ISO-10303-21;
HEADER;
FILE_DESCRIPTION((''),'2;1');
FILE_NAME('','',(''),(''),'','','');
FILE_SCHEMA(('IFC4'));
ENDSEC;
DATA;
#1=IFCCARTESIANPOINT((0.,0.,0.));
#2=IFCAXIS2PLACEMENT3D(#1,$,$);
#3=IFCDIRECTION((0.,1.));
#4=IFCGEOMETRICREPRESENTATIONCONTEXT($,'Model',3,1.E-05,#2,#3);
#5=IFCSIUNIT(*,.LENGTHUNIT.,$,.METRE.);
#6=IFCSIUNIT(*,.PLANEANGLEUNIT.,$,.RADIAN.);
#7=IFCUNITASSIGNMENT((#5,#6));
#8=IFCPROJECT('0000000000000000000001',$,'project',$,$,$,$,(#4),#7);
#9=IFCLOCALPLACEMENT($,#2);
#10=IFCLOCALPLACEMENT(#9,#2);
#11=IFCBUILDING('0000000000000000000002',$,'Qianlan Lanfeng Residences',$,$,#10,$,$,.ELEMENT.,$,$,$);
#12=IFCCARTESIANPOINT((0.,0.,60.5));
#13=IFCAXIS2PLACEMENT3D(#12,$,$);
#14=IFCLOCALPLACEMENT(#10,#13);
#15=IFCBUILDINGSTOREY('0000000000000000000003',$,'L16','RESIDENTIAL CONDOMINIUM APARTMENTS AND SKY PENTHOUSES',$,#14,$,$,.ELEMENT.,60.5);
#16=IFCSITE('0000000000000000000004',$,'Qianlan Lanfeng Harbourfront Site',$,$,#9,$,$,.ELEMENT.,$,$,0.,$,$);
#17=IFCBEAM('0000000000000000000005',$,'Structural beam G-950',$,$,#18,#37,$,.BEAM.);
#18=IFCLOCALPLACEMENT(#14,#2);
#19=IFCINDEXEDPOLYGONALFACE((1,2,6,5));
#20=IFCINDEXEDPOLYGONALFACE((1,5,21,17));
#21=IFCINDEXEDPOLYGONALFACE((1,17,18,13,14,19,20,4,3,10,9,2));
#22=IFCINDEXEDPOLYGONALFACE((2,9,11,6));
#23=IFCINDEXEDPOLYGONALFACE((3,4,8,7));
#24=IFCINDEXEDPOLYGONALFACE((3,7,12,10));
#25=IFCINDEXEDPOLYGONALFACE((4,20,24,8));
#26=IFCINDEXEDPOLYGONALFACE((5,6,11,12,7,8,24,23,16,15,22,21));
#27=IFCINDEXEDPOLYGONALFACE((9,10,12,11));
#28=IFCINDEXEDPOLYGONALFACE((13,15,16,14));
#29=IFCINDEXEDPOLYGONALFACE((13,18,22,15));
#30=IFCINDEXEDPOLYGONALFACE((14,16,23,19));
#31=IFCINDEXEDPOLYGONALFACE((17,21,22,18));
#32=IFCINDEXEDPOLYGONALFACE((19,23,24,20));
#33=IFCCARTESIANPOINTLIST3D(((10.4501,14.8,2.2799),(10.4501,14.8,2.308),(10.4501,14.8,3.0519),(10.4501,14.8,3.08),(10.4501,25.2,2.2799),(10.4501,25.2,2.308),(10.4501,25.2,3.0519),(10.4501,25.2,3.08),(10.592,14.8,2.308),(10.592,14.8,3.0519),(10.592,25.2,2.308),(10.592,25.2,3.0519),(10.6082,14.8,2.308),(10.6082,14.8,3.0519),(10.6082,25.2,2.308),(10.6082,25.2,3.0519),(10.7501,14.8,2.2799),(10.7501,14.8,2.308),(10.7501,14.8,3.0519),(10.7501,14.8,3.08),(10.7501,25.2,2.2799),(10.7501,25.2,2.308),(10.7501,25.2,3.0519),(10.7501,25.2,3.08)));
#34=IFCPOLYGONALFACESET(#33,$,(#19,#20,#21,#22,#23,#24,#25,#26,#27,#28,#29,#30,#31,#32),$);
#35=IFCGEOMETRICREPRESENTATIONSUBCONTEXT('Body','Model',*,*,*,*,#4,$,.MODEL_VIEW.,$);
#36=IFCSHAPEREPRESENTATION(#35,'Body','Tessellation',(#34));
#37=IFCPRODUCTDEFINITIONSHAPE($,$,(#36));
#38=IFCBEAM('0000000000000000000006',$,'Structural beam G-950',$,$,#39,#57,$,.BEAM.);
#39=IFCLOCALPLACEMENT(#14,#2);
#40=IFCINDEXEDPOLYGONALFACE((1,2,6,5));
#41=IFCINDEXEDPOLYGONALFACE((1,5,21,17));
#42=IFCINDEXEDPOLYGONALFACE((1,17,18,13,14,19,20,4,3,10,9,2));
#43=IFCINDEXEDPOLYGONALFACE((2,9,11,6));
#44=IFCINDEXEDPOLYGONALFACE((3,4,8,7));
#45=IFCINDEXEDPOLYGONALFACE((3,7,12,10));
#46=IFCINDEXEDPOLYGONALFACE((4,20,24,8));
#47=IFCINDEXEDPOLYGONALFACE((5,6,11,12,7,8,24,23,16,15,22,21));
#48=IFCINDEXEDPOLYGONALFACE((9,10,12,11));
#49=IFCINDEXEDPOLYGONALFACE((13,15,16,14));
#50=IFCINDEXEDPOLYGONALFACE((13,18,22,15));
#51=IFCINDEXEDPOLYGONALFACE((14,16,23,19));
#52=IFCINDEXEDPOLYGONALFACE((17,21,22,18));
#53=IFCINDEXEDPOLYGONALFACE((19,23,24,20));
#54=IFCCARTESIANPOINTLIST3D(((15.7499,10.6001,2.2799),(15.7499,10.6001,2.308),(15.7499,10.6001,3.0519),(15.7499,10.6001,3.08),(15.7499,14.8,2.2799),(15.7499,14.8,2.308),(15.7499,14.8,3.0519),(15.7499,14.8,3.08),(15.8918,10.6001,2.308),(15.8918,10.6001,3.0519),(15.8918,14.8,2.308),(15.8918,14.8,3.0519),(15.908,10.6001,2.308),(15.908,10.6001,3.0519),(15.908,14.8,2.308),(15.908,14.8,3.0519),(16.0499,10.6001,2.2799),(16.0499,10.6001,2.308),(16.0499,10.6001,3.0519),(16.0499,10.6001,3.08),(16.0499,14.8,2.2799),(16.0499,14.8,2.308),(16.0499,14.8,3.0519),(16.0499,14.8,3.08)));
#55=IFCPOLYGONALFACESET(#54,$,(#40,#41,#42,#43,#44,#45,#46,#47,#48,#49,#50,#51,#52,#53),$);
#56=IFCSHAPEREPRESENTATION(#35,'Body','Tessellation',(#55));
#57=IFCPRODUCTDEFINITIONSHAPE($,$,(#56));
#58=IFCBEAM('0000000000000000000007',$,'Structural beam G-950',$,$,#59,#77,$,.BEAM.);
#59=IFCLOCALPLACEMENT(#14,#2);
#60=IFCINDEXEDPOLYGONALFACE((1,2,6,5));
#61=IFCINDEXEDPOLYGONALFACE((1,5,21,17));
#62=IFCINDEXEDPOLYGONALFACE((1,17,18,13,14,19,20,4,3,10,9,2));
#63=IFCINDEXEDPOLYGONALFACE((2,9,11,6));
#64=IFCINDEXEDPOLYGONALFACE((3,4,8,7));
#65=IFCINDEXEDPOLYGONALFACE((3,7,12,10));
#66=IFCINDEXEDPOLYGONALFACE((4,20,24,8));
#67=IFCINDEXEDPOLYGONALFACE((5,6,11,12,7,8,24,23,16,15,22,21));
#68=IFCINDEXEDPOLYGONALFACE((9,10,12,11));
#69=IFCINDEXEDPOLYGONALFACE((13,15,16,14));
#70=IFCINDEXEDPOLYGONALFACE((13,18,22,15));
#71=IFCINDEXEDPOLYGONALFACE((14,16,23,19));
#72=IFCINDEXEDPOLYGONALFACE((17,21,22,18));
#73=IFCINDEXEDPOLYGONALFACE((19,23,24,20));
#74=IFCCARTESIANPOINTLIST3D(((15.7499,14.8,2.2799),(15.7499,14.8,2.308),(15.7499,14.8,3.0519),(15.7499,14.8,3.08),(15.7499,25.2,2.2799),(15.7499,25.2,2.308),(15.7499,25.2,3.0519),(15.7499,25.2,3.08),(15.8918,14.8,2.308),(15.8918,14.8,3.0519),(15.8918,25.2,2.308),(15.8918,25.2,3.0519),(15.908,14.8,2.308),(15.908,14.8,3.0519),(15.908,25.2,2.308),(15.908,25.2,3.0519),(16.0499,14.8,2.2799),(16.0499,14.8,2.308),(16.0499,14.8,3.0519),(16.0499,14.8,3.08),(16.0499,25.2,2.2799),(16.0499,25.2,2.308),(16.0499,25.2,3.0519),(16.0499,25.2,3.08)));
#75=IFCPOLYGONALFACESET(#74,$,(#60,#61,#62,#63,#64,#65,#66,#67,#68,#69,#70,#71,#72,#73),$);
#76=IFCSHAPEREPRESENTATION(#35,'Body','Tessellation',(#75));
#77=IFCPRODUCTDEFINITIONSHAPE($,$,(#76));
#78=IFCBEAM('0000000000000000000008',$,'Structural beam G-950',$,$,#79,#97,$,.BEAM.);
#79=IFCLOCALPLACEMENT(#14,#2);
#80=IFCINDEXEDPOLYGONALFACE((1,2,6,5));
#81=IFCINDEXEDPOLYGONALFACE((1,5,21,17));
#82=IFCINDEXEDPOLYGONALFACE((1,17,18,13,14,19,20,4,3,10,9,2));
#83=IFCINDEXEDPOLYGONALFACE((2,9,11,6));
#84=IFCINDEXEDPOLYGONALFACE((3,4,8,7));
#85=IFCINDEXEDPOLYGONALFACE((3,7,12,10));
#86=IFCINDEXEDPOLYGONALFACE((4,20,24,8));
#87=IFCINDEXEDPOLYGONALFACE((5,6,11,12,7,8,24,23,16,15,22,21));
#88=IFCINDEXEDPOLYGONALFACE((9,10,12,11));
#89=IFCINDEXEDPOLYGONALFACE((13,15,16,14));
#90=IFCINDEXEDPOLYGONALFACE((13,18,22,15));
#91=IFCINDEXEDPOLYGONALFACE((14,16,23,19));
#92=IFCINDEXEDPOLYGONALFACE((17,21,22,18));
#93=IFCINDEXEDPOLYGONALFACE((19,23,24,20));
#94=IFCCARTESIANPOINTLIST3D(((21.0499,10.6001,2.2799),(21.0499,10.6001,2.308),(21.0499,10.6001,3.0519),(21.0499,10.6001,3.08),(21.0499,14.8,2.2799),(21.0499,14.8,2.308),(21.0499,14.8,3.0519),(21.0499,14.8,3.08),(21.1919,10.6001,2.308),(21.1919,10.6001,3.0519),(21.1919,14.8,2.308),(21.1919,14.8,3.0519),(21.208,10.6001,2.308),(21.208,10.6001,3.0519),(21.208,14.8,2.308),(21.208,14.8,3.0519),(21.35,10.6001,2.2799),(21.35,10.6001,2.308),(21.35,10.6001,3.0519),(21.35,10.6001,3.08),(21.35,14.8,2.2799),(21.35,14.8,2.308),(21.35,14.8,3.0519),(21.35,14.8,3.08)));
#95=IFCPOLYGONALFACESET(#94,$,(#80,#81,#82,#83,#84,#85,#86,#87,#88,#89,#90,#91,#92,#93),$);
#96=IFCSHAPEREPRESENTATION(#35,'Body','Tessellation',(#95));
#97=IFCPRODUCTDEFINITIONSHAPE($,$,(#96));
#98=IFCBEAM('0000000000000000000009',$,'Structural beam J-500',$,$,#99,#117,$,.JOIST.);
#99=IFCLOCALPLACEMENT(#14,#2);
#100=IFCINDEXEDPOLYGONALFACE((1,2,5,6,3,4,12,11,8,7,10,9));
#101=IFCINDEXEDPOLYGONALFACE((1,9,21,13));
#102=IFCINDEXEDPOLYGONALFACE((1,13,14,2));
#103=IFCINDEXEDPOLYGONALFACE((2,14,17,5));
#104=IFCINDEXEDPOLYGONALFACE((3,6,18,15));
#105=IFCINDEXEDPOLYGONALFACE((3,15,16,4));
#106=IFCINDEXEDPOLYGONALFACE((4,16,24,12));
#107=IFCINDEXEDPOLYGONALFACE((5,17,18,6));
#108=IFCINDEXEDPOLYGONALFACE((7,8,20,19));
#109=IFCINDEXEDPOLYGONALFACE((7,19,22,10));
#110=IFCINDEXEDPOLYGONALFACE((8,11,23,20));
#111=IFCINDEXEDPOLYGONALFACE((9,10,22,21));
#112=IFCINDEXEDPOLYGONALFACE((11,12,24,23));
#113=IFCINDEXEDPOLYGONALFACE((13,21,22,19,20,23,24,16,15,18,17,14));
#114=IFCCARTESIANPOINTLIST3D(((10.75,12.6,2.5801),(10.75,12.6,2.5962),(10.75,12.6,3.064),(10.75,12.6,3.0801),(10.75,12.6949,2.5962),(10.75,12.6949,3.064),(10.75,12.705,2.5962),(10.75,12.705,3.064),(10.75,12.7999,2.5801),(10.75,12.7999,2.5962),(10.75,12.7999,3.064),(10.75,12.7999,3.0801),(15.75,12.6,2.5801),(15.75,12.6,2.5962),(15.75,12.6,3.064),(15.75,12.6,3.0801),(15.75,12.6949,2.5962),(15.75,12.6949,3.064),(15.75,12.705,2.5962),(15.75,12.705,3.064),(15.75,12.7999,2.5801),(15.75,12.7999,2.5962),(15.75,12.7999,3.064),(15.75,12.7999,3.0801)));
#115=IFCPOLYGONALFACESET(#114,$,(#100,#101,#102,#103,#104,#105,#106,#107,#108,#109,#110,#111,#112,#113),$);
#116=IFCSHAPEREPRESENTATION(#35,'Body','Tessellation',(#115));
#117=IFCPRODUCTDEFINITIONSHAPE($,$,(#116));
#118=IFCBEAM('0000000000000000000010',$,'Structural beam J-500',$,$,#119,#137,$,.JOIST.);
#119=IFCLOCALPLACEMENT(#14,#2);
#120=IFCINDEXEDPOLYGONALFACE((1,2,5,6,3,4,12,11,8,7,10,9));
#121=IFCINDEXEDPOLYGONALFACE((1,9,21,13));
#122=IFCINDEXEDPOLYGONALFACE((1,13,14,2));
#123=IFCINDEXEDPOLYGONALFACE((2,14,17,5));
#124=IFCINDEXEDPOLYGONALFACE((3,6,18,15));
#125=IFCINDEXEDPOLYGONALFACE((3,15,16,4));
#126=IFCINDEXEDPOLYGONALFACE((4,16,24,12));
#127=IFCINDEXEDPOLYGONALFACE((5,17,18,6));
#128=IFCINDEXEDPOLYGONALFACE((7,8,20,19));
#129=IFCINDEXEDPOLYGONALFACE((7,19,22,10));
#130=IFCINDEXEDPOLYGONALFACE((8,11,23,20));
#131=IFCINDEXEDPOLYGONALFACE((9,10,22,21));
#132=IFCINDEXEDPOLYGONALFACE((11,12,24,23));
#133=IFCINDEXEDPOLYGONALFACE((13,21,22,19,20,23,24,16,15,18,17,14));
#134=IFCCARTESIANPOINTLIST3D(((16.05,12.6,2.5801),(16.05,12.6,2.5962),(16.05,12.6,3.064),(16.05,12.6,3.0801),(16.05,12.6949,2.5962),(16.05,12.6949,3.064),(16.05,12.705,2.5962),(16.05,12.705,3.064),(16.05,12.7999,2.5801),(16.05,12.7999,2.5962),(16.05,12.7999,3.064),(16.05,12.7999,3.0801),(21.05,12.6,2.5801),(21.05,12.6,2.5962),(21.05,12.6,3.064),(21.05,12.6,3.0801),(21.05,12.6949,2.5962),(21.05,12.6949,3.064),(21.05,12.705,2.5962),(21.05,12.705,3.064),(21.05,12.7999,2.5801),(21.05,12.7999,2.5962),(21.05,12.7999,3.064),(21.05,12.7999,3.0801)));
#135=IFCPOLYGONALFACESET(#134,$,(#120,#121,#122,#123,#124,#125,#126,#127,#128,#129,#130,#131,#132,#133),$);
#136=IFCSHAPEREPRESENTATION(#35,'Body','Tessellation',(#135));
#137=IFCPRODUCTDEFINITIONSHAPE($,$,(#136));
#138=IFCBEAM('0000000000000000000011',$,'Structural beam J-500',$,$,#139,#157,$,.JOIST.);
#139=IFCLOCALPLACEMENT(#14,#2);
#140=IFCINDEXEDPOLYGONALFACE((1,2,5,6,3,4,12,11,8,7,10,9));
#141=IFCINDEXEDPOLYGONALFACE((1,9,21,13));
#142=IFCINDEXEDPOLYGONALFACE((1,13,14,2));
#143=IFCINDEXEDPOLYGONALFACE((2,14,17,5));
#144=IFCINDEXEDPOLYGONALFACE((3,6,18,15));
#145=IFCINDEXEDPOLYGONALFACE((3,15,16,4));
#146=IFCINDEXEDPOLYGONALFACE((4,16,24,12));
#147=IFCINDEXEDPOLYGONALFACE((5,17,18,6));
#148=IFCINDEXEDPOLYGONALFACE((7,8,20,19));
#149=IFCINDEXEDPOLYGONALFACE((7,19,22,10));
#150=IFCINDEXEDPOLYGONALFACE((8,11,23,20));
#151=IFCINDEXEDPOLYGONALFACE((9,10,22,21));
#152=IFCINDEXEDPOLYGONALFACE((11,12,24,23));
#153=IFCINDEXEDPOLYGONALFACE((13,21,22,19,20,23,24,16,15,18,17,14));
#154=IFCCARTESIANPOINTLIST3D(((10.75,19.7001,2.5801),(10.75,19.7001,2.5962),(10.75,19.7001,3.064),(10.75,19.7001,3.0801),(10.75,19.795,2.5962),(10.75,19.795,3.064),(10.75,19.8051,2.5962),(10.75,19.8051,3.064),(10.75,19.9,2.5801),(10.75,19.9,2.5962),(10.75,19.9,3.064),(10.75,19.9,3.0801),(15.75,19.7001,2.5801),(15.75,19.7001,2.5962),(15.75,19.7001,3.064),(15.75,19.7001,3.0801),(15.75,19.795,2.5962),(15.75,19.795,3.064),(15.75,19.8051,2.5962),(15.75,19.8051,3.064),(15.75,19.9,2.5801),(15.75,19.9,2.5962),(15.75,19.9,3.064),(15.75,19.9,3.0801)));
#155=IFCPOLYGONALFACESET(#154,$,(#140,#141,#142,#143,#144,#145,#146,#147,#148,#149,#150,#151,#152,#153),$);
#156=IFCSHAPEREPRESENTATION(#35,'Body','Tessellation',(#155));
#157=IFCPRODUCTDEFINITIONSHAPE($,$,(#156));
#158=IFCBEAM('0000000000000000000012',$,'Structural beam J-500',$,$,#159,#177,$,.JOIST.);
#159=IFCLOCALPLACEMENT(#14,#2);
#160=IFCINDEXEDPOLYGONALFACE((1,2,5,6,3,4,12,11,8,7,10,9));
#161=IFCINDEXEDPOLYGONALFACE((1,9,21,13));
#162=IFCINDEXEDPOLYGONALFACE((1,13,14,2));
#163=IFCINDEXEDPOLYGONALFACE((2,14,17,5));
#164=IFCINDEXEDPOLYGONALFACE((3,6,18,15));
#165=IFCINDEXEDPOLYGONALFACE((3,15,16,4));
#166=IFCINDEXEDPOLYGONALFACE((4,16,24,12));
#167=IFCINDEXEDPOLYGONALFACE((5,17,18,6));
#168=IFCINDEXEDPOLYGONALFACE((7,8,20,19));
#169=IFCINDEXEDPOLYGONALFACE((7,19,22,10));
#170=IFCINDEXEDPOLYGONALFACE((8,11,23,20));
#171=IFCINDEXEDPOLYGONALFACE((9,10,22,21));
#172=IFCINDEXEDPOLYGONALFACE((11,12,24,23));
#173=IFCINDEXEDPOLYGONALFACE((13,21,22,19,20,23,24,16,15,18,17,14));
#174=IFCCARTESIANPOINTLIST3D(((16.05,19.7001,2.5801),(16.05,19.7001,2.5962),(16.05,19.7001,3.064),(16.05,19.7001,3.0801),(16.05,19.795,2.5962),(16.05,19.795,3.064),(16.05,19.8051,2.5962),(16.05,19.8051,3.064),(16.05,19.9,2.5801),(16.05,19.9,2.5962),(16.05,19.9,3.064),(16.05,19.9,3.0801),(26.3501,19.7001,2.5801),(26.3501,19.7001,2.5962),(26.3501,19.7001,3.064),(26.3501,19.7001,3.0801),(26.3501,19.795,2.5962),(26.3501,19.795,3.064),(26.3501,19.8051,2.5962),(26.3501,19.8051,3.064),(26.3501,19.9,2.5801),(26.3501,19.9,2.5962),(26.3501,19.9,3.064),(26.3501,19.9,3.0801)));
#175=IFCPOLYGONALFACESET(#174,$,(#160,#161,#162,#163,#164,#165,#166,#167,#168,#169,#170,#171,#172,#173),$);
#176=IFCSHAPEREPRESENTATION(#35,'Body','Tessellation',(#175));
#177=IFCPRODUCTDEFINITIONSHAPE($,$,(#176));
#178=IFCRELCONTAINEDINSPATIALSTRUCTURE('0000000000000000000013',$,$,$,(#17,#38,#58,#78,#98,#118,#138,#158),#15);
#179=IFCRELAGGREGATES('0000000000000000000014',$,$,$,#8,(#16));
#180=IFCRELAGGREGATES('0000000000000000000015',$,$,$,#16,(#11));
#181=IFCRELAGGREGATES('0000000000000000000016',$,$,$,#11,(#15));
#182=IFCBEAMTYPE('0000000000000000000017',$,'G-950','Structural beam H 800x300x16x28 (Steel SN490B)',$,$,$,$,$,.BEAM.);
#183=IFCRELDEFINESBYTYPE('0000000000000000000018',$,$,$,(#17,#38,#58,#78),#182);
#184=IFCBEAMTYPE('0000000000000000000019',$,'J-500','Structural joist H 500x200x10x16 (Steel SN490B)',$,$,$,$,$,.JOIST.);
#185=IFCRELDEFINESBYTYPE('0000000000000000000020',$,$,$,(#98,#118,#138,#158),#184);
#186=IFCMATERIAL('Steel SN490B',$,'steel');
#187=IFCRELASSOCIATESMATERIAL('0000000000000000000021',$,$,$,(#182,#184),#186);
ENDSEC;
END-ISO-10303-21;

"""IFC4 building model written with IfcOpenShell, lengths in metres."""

from ifc_helpers import new_model, si_unit, direction, frame, origin, origin_2d, place, context, subcontext, project, spatial, i_section, extrude, material, material_profile, profile_set, type_object, element, save


model = new_model("IFC4")

# Units and contexts
model_context = context("Model", 3, precision=1e-05, world=origin(), true_north=direction((0.0, 1.0)))
body_context = subcontext(model_context, "Body", "Model", "MODEL_VIEW")
ifc_project = project(units=[si_unit("LENGTHUNIT", "METRE"), si_unit("PLANEANGLEUNIT", "RADIAN")], contexts=[model_context])

# Site, building, storey
site_placement = place(None, origin())
site = spatial("IfcSite", under=ifc_project, at=site_placement, Name="Qianlan Lanfeng Harbourfront Site", CompositionType="ELEMENT", RefElevation=0.0)
building_placement = place(site_placement, origin())
building = spatial("IfcBuilding", under=site, at=building_placement, Name="Qianlan Lanfeng Residences", CompositionType="ELEMENT")
storey_placement = place(building_placement, frame((0.0, 0.0, 60.5)))
storey = spatial("IfcBuildingStorey", under=building, at=storey_placement, Name="L16", Description="RESIDENTIAL CONDOMINIUM APARTMENTS AND SKY PENTHOUSES", CompositionType="ELEMENT", Elevation=60.5)

# Shared definitions
ifc_material_1 = material(Name="Steel SN490B", Category="steel")

# Beams
ifc_material_profile_1 = material_profile(ifc_material_1, i_section(OverallWidth=0.3, OverallDepth=0.8, WebThickness=0.0161, FlangeThickness=0.0281, at=origin_2d()), Name="H 800x300x16x28")
ifc_profile_set_1 = profile_set([ifc_material_profile_1], Name="Steel SN490B")
beam_type_1 = type_object("IfcBeamType", Name="G-950", Description="Structural beam H 800x300x16x28 (Steel SN490B)", PredefinedType="BEAM", material=ifc_profile_set_1)
beam_1_placement = place(storey_placement, frame((10.6001, 14.8, 2.6799), z_axis=(0.0, 1.0, 0.0), x_axis=(-1.0, 0.0, 0.0)))
element("IfcBeam", 1, at=beam_1_placement, inside=storey, type_object=beam_type_1, Name="Structural beam G-950", PredefinedType="BEAM", context=body_context, shape_type="SweptSolid", body=[
    extrude(i_section(OverallWidth=0.3, OverallDepth=0.8, WebThickness=0.0161, FlangeThickness=0.0281, at=origin_2d()), origin(), (0.0, 0.0, 1.0), 10.3999),
])
beam_2_placement = place(storey_placement, frame((15.8999, 10.6001, 2.6799), z_axis=(0.0, 1.0, 0.0), x_axis=(-1.0, 0.0, 0.0)))
element("IfcBeam", 2, at=beam_2_placement, inside=storey, type_object=beam_type_1, Name="Structural beam G-950", PredefinedType="BEAM", context=body_context, shape_type="SweptSolid", body=[
    extrude(i_section(OverallWidth=0.3, OverallDepth=0.8, WebThickness=0.0161, FlangeThickness=0.0281, at=origin_2d()), origin(), (0.0, 0.0, 1.0), 4.2),
])
beam_3_placement = place(storey_placement, frame((15.8999, 14.8, 2.6799), z_axis=(0.0, 1.0, 0.0), x_axis=(-1.0, 0.0, 0.0)))
element("IfcBeam", 3, at=beam_3_placement, inside=storey, type_object=beam_type_1, Name="Structural beam G-950", PredefinedType="BEAM", context=body_context, shape_type="SweptSolid", body=[
    extrude(i_section(OverallWidth=0.3, OverallDepth=0.8, WebThickness=0.0161, FlangeThickness=0.0281, at=origin_2d()), origin(), (0.0, 0.0, 1.0), 10.3999),
])
beam_4_placement = place(storey_placement, frame((21.2, 10.6001, 2.6799), z_axis=(0.0, 1.0, 0.0), x_axis=(-1.0, 0.0, 0.0)))
element("IfcBeam", 4, at=beam_4_placement, inside=storey, type_object=beam_type_1, Name="Structural beam G-950", PredefinedType="BEAM", context=body_context, shape_type="SweptSolid", body=[
    extrude(i_section(OverallWidth=0.3, OverallDepth=0.8, WebThickness=0.0161, FlangeThickness=0.0281, at=origin_2d()), origin(), (0.0, 0.0, 1.0), 4.2),
])
ifc_material_profile_2 = material_profile(ifc_material_1, i_section(OverallWidth=0.2, OverallDepth=0.5, WebThickness=0.01, FlangeThickness=0.0161, at=origin_2d()), Name="H 500x200x10x16")
ifc_profile_set_2 = profile_set([ifc_material_profile_2], Name="Steel SN490B")
beam_type_2 = type_object("IfcBeamType", Name="J-500", Description="Structural joist H 500x200x10x16 (Steel SN490B)", PredefinedType="JOIST", material=ifc_profile_set_2)
for number, where, z_axis, x_axis, name in (
    (5, (10.75, 12.7, 2.8301), (1.0, 0.0, 0.0), (0.0, 1.0, 0.0), "Structural beam J-500"),
    (6, (16.05, 12.7, 2.8301), (1.0, 0.0, 0.0), (0.0, 1.0, 0.0), "Structural beam J-500"),
    (7, (10.75, 19.8, 2.8301), (1.0, 0.0, 0.0), (0.0, 1.0, 0.0), "Structural beam J-500"),
):
    element("IfcBeam", number, at=place(storey_placement, frame(where, z_axis=z_axis, x_axis=x_axis)), inside=storey, type_object=beam_type_2, Name=name, PredefinedType="JOIST", context=body_context, shape_type="SweptSolid", body=[
        extrude(i_section(OverallWidth=0.2, OverallDepth=0.5, WebThickness=0.01, FlangeThickness=0.0161, at=origin_2d()), origin(), (0.0, 0.0, 1.0), 5.0),
    ])
beam_5_placement = place(storey_placement, frame((16.05, 19.8, 2.8301), z_axis=(1.0, 0.0, 0.0), x_axis=(0.0, 1.0, 0.0)))
element("IfcBeam", 8, at=beam_5_placement, inside=storey, type_object=beam_type_2, Name="Structural beam J-500", PredefinedType="JOIST", context=body_context, shape_type="SweptSolid", body=[
    extrude(i_section(OverallWidth=0.2, OverallDepth=0.5, WebThickness=0.01, FlangeThickness=0.0161, at=origin_2d()), origin(), (0.0, 0.0, 1.0), 10.3),
])

save(model, "model.ifc")
